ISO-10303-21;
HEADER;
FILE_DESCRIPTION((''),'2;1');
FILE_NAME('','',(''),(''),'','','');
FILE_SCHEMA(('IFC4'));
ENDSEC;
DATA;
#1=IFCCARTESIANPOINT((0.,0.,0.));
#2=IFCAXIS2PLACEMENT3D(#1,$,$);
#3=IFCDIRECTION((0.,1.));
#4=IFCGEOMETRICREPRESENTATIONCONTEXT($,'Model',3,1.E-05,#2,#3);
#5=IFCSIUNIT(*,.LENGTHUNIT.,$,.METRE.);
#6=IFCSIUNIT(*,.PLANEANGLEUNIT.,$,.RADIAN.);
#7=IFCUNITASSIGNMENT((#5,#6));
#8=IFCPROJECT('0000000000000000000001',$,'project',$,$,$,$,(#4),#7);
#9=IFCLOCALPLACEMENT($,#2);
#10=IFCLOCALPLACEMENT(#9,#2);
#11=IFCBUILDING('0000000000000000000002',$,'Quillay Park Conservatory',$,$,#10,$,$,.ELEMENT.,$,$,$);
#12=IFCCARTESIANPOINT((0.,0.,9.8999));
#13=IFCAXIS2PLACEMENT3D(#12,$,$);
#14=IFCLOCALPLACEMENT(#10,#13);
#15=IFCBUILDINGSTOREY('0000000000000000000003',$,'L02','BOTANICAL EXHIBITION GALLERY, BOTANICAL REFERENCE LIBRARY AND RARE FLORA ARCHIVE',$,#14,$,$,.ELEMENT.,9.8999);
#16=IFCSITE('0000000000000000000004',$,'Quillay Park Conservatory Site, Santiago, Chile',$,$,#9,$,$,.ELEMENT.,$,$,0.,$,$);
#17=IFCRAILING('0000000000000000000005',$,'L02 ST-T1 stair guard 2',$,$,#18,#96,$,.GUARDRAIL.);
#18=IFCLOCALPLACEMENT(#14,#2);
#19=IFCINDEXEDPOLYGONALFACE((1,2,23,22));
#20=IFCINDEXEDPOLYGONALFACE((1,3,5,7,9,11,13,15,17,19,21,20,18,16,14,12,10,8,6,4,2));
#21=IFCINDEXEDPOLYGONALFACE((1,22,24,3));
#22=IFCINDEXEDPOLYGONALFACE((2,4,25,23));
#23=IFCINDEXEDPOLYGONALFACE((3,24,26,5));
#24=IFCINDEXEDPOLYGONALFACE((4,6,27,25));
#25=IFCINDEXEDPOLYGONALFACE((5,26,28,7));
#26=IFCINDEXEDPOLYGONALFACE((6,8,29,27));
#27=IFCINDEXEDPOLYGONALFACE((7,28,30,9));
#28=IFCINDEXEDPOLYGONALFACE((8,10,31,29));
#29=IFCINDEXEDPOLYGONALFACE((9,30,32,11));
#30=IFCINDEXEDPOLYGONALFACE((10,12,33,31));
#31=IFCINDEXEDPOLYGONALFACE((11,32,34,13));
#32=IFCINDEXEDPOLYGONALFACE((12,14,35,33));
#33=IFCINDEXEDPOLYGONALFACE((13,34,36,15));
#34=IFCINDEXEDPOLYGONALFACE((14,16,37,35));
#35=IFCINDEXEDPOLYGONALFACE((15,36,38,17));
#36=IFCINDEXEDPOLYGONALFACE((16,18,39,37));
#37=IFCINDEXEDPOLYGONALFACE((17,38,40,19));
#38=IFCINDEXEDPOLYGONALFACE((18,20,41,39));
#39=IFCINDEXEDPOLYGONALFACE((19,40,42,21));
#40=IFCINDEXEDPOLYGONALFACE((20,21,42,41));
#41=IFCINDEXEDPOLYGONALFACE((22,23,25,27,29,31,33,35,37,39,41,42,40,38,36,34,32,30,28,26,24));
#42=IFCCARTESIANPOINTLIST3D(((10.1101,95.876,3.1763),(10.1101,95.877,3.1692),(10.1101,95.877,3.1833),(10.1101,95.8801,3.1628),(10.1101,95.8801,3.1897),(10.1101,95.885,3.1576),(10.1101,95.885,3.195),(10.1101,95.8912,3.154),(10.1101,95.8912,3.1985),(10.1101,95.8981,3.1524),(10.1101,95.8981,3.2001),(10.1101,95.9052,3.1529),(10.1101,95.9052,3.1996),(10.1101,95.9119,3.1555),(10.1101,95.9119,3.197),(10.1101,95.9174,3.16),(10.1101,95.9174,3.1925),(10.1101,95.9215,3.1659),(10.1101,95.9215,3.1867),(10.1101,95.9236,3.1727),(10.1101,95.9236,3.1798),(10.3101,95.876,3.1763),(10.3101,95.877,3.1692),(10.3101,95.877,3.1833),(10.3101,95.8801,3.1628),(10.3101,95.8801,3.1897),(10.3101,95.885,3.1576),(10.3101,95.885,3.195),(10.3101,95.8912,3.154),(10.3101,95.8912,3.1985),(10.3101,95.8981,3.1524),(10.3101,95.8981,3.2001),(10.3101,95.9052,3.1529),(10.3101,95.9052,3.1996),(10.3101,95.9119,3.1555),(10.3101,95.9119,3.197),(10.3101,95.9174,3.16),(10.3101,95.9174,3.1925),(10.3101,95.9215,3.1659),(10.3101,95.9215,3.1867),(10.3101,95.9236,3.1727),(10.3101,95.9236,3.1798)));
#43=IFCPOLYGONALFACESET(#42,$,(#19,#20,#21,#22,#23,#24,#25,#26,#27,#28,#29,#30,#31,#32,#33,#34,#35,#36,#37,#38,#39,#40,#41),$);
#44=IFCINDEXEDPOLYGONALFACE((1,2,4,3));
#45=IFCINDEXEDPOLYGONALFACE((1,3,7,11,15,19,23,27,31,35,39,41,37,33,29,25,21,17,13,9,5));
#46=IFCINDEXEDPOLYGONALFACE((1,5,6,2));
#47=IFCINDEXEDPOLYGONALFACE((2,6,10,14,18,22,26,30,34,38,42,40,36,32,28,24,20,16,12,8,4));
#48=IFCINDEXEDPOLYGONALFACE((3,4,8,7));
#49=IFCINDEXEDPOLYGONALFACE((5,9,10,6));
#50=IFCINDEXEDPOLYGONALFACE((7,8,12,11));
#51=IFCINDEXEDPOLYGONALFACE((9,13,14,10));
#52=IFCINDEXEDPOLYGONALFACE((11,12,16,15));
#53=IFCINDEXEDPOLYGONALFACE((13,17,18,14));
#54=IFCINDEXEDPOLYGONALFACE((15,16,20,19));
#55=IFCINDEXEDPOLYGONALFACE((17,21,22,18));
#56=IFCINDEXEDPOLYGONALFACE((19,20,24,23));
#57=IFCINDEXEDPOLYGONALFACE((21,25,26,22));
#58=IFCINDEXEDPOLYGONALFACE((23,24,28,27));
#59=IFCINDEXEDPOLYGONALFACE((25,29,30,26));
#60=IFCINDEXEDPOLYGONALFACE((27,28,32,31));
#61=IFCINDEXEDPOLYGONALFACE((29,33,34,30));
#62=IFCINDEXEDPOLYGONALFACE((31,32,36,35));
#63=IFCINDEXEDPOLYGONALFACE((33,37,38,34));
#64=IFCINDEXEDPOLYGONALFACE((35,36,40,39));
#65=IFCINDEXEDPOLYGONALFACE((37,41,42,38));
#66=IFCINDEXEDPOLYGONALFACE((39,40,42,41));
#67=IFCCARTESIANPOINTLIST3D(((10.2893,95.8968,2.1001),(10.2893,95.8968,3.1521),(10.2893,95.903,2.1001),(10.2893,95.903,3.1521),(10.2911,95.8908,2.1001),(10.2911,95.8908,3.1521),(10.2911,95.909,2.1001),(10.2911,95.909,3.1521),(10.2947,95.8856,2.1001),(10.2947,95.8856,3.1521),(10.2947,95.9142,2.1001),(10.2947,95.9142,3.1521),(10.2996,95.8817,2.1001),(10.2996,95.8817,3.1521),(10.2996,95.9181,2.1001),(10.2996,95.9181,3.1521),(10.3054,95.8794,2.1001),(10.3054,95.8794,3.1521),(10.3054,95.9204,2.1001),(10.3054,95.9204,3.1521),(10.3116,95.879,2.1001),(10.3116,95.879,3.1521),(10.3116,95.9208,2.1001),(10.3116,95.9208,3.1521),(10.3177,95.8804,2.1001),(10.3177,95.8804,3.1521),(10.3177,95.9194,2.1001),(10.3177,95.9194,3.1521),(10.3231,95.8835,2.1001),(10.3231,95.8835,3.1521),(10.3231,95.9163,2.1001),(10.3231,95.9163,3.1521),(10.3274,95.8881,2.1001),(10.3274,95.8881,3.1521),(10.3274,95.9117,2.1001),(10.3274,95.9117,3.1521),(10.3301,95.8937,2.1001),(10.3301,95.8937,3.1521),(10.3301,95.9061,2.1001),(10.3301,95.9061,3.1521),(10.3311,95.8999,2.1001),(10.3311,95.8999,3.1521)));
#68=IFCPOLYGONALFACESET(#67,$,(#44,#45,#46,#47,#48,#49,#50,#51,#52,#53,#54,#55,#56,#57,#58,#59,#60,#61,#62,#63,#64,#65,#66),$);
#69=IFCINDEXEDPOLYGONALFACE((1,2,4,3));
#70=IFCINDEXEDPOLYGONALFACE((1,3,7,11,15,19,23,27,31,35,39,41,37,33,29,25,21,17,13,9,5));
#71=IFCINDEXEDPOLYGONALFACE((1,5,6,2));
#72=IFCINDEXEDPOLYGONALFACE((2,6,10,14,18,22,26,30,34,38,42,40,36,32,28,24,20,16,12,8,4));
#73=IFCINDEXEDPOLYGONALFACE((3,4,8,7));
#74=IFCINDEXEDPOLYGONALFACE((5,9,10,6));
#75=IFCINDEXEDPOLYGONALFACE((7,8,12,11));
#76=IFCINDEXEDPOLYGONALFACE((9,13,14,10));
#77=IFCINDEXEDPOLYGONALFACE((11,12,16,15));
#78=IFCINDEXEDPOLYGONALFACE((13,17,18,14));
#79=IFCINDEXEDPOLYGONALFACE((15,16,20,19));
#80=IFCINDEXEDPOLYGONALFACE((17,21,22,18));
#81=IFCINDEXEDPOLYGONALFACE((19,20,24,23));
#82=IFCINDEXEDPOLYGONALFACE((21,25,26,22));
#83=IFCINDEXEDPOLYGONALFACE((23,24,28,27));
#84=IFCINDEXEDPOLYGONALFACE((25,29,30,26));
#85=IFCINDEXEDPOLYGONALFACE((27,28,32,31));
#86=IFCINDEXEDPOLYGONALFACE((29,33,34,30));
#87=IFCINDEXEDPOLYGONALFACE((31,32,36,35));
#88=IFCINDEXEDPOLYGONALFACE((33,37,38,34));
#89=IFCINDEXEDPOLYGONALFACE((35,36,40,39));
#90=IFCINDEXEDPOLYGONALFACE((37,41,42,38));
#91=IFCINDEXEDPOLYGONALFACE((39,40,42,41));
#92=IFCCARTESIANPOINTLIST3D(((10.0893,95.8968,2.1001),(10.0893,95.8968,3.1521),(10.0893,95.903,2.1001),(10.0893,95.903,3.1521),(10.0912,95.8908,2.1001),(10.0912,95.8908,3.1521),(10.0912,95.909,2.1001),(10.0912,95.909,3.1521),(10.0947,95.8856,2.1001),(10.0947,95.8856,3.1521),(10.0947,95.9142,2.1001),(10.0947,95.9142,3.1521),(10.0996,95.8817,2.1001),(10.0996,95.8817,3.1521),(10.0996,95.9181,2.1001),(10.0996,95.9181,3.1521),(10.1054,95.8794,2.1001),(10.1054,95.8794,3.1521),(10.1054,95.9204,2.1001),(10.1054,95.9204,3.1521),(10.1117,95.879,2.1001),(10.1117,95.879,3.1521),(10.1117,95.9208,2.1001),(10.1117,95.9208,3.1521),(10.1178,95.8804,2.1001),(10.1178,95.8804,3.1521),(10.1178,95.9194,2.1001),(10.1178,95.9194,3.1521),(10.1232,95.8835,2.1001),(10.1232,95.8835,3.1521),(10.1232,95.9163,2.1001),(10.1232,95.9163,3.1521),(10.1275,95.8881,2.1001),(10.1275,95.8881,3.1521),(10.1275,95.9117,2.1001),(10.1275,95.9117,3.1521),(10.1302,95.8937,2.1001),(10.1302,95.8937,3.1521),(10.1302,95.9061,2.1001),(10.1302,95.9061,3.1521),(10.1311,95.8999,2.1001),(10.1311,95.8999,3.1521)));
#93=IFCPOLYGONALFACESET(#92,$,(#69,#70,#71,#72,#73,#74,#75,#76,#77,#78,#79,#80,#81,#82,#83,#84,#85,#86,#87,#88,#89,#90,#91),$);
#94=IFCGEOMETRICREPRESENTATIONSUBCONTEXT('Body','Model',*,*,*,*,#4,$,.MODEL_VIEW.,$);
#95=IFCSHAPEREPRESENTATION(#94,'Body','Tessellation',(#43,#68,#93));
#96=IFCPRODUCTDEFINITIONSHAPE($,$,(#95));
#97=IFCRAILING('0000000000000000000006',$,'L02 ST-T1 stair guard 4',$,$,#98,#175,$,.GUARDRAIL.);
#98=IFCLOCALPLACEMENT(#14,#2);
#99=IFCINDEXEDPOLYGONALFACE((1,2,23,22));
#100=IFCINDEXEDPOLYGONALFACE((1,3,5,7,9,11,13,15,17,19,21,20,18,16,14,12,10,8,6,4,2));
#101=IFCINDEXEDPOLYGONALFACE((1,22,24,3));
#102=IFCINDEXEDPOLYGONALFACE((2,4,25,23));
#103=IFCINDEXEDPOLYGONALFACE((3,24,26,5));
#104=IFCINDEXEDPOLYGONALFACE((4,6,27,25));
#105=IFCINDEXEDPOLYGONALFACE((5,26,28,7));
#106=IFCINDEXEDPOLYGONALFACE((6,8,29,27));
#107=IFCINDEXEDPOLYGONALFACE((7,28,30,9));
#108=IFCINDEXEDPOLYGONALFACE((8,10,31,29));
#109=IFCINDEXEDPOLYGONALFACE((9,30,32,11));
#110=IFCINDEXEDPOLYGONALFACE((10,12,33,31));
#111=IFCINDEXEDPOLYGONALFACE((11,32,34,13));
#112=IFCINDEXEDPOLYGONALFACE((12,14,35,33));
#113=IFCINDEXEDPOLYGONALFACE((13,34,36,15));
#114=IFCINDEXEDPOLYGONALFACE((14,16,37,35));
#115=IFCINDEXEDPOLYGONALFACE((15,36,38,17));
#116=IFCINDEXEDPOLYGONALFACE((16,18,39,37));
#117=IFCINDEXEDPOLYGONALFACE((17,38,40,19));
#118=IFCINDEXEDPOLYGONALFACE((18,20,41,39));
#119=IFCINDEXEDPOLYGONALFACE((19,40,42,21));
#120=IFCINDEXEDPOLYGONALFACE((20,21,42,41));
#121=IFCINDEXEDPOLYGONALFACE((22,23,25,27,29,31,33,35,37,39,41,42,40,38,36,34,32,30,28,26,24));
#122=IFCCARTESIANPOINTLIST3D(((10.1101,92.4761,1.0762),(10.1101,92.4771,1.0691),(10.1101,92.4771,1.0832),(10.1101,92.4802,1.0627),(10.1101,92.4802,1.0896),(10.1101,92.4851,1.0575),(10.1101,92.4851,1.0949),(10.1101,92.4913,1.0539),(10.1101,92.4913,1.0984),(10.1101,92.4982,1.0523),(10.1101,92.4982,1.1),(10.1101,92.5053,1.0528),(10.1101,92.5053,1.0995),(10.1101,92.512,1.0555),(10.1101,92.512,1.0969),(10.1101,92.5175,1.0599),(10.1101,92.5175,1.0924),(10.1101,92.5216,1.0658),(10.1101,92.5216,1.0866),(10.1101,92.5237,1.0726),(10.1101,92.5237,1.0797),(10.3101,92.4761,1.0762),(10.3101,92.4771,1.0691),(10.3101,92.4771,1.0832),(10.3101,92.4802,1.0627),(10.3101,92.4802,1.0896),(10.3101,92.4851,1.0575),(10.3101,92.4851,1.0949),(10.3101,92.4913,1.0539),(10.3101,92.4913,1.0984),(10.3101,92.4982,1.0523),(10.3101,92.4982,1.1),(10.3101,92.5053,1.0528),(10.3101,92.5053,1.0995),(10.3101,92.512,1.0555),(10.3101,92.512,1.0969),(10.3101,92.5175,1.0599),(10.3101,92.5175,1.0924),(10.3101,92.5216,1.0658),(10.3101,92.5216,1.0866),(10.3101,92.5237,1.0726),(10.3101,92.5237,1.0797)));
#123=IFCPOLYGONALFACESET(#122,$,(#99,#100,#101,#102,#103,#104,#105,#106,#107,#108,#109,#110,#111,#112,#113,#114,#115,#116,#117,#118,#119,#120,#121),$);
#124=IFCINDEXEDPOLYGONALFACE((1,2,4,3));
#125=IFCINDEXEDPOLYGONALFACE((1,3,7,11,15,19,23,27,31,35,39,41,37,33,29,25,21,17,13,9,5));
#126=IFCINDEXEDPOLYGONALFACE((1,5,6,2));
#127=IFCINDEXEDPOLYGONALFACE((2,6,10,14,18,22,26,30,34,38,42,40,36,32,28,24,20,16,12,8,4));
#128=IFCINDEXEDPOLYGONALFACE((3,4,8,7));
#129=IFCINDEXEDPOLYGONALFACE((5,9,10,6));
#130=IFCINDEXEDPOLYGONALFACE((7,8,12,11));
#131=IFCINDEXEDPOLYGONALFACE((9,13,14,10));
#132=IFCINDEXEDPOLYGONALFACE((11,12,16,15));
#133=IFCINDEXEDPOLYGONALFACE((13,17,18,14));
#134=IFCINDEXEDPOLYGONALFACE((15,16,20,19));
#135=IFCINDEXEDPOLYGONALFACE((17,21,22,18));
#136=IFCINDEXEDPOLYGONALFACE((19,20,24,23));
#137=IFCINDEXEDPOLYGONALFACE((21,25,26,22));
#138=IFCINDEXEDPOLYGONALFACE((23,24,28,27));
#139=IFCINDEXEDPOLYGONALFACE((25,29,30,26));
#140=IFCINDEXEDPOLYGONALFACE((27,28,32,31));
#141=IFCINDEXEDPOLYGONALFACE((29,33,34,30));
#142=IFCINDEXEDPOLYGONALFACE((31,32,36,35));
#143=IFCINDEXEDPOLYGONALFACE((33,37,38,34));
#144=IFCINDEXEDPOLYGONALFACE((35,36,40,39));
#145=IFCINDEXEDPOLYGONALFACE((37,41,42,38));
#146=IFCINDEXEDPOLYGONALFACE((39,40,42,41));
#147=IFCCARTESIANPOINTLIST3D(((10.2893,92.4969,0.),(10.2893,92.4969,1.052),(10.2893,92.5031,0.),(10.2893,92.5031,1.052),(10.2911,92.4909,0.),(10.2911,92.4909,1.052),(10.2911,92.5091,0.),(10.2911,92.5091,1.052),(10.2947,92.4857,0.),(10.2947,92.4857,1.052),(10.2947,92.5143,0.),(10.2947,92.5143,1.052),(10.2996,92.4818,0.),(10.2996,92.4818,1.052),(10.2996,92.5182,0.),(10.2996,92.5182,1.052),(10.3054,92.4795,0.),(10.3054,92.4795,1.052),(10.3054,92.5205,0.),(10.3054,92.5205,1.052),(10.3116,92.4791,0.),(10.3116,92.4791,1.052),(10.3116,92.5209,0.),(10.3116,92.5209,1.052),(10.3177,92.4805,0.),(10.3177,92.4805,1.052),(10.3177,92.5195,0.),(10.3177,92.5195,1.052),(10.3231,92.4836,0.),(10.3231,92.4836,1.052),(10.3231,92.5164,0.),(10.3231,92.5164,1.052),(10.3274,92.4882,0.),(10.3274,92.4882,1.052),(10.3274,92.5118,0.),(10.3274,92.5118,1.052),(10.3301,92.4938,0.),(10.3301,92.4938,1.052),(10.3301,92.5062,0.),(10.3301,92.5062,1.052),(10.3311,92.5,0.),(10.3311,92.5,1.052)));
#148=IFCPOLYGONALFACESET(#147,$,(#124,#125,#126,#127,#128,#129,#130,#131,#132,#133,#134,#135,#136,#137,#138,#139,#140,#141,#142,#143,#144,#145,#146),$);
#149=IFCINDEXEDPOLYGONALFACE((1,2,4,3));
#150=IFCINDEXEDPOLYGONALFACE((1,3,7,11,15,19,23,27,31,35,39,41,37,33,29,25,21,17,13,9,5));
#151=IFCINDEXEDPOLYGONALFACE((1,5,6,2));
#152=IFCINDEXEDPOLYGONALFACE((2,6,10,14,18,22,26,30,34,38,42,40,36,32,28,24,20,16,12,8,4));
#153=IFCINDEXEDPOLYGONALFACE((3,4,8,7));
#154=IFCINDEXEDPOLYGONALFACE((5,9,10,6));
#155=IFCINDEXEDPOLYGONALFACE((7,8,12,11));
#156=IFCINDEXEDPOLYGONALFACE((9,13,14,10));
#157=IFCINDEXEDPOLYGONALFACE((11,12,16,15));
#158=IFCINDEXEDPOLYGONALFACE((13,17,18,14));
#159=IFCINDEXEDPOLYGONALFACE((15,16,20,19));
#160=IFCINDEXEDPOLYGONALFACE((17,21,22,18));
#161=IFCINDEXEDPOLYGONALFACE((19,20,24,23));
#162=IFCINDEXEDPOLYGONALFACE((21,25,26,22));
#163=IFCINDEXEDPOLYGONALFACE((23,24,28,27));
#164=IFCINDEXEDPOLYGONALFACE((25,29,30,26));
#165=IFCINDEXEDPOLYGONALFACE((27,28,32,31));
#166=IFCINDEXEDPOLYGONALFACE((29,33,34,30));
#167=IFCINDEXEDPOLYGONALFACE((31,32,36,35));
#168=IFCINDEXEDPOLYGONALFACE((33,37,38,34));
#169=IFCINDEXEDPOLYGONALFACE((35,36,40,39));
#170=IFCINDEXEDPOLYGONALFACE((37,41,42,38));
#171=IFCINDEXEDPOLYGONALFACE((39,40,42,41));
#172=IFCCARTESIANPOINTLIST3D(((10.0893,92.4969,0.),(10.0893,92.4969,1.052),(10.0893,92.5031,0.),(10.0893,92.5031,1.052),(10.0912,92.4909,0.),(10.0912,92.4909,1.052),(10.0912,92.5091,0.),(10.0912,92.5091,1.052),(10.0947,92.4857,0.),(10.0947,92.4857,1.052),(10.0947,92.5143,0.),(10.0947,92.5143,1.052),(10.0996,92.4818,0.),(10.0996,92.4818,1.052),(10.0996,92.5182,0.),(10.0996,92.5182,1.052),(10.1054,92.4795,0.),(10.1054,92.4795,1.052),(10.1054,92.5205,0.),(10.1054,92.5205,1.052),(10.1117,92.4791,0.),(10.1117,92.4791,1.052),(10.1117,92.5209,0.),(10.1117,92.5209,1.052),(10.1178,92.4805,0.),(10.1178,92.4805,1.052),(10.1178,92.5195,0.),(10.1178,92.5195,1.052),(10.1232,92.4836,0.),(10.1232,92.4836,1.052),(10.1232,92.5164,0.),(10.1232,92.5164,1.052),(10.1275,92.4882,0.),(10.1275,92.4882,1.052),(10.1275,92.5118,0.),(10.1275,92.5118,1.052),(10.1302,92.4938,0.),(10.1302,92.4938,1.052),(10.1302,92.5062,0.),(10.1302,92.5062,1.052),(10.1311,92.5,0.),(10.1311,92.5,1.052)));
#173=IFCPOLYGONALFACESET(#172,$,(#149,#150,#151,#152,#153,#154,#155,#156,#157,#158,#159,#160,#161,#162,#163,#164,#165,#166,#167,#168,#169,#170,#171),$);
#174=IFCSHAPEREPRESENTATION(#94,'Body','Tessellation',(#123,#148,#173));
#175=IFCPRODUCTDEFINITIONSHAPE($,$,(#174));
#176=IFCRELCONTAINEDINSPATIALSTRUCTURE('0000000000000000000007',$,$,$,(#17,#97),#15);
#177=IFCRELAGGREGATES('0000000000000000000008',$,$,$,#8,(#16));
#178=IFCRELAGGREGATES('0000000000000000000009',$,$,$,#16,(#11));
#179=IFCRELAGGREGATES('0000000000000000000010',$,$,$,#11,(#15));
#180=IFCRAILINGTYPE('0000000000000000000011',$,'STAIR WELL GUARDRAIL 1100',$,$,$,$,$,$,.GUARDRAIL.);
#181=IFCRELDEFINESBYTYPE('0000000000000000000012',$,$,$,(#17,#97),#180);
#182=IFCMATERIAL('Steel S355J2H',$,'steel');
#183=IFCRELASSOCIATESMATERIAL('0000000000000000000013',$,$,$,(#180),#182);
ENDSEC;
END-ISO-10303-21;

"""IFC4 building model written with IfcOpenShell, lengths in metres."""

from ifc_helpers import new_model, si_unit, direction, frame, origin, origin_2d, place, context, subcontext, project, spatial, circle, extrude, material, type_object, element, save


model = new_model("IFC4")

# Units and contexts
model_context = context("Model", 3, precision=1e-05, world=origin(), true_north=direction((0.0, 1.0)))
body_context = subcontext(model_context, "Body", "Model", "MODEL_VIEW")
ifc_project = project(units=[si_unit("LENGTHUNIT", "METRE"), si_unit("PLANEANGLEUNIT", "RADIAN")], contexts=[model_context])

# Site, building, storey
site_placement = place(None, origin())
site = spatial("IfcSite", under=ifc_project, at=site_placement, Name="Quillay Park Conservatory Site, Santiago, Chile", CompositionType="ELEMENT", RefElevation=0.0)
building_placement = place(site_placement, origin())
building = spatial("IfcBuilding", under=site, at=building_placement, Name="Quillay Park Conservatory", CompositionType="ELEMENT")
storey_placement = place(building_placement, frame((0.0, 0.0, 9.8999)))
storey = spatial("IfcBuildingStorey", under=building, at=storey_placement, Name="L02", Description="BOTANICAL EXHIBITION GALLERY, BOTANICAL REFERENCE LIBRARY AND RARE FLORA ARCHIVE", CompositionType="ELEMENT", Elevation=9.8999)

# Railings
ifc_material_1 = material(Name="Steel S355J2H", Category="steel")
railing_type_1 = type_object("IfcRailingType", Name="STAIR WELL GUARDRAIL 1100", PredefinedType="GUARDRAIL", material=ifc_material_1)
for number, where, name in (
    (1, (10.3101, 95.8999, 2.1001), "L02 ST-T1 stair guard 2"),
    (2, (10.3101, 92.5, 0.0), "L02 ST-T1 stair guard 4"),
):
    element("IfcRailing", number, at=place(storey_placement, frame(where)), inside=storey, type_object=railing_type_1, Name=name, PredefinedType="GUARDRAIL", context=body_context, shape_type="SweptSolid", body=[
        extrude(circle(Radius=0.0239, at=origin_2d()), frame((0.0, 0.0, 1.0762), z_axis=(-1.0, 0.0, 0.0), x_axis=(0.0, -1.0, 0.0)), (0.0, 0.0, 1.0), 0.2),
        extrude(circle(Radius=0.021, at=origin_2d()), origin(), (0.0, 0.0, 1.0), 1.052),
        extrude(circle(Radius=0.021, at=origin_2d()), frame((-0.2, 0.0, 0.0)), (0.0, 0.0, 1.0), 1.052),
    ])

save(model, "model.ifc")
